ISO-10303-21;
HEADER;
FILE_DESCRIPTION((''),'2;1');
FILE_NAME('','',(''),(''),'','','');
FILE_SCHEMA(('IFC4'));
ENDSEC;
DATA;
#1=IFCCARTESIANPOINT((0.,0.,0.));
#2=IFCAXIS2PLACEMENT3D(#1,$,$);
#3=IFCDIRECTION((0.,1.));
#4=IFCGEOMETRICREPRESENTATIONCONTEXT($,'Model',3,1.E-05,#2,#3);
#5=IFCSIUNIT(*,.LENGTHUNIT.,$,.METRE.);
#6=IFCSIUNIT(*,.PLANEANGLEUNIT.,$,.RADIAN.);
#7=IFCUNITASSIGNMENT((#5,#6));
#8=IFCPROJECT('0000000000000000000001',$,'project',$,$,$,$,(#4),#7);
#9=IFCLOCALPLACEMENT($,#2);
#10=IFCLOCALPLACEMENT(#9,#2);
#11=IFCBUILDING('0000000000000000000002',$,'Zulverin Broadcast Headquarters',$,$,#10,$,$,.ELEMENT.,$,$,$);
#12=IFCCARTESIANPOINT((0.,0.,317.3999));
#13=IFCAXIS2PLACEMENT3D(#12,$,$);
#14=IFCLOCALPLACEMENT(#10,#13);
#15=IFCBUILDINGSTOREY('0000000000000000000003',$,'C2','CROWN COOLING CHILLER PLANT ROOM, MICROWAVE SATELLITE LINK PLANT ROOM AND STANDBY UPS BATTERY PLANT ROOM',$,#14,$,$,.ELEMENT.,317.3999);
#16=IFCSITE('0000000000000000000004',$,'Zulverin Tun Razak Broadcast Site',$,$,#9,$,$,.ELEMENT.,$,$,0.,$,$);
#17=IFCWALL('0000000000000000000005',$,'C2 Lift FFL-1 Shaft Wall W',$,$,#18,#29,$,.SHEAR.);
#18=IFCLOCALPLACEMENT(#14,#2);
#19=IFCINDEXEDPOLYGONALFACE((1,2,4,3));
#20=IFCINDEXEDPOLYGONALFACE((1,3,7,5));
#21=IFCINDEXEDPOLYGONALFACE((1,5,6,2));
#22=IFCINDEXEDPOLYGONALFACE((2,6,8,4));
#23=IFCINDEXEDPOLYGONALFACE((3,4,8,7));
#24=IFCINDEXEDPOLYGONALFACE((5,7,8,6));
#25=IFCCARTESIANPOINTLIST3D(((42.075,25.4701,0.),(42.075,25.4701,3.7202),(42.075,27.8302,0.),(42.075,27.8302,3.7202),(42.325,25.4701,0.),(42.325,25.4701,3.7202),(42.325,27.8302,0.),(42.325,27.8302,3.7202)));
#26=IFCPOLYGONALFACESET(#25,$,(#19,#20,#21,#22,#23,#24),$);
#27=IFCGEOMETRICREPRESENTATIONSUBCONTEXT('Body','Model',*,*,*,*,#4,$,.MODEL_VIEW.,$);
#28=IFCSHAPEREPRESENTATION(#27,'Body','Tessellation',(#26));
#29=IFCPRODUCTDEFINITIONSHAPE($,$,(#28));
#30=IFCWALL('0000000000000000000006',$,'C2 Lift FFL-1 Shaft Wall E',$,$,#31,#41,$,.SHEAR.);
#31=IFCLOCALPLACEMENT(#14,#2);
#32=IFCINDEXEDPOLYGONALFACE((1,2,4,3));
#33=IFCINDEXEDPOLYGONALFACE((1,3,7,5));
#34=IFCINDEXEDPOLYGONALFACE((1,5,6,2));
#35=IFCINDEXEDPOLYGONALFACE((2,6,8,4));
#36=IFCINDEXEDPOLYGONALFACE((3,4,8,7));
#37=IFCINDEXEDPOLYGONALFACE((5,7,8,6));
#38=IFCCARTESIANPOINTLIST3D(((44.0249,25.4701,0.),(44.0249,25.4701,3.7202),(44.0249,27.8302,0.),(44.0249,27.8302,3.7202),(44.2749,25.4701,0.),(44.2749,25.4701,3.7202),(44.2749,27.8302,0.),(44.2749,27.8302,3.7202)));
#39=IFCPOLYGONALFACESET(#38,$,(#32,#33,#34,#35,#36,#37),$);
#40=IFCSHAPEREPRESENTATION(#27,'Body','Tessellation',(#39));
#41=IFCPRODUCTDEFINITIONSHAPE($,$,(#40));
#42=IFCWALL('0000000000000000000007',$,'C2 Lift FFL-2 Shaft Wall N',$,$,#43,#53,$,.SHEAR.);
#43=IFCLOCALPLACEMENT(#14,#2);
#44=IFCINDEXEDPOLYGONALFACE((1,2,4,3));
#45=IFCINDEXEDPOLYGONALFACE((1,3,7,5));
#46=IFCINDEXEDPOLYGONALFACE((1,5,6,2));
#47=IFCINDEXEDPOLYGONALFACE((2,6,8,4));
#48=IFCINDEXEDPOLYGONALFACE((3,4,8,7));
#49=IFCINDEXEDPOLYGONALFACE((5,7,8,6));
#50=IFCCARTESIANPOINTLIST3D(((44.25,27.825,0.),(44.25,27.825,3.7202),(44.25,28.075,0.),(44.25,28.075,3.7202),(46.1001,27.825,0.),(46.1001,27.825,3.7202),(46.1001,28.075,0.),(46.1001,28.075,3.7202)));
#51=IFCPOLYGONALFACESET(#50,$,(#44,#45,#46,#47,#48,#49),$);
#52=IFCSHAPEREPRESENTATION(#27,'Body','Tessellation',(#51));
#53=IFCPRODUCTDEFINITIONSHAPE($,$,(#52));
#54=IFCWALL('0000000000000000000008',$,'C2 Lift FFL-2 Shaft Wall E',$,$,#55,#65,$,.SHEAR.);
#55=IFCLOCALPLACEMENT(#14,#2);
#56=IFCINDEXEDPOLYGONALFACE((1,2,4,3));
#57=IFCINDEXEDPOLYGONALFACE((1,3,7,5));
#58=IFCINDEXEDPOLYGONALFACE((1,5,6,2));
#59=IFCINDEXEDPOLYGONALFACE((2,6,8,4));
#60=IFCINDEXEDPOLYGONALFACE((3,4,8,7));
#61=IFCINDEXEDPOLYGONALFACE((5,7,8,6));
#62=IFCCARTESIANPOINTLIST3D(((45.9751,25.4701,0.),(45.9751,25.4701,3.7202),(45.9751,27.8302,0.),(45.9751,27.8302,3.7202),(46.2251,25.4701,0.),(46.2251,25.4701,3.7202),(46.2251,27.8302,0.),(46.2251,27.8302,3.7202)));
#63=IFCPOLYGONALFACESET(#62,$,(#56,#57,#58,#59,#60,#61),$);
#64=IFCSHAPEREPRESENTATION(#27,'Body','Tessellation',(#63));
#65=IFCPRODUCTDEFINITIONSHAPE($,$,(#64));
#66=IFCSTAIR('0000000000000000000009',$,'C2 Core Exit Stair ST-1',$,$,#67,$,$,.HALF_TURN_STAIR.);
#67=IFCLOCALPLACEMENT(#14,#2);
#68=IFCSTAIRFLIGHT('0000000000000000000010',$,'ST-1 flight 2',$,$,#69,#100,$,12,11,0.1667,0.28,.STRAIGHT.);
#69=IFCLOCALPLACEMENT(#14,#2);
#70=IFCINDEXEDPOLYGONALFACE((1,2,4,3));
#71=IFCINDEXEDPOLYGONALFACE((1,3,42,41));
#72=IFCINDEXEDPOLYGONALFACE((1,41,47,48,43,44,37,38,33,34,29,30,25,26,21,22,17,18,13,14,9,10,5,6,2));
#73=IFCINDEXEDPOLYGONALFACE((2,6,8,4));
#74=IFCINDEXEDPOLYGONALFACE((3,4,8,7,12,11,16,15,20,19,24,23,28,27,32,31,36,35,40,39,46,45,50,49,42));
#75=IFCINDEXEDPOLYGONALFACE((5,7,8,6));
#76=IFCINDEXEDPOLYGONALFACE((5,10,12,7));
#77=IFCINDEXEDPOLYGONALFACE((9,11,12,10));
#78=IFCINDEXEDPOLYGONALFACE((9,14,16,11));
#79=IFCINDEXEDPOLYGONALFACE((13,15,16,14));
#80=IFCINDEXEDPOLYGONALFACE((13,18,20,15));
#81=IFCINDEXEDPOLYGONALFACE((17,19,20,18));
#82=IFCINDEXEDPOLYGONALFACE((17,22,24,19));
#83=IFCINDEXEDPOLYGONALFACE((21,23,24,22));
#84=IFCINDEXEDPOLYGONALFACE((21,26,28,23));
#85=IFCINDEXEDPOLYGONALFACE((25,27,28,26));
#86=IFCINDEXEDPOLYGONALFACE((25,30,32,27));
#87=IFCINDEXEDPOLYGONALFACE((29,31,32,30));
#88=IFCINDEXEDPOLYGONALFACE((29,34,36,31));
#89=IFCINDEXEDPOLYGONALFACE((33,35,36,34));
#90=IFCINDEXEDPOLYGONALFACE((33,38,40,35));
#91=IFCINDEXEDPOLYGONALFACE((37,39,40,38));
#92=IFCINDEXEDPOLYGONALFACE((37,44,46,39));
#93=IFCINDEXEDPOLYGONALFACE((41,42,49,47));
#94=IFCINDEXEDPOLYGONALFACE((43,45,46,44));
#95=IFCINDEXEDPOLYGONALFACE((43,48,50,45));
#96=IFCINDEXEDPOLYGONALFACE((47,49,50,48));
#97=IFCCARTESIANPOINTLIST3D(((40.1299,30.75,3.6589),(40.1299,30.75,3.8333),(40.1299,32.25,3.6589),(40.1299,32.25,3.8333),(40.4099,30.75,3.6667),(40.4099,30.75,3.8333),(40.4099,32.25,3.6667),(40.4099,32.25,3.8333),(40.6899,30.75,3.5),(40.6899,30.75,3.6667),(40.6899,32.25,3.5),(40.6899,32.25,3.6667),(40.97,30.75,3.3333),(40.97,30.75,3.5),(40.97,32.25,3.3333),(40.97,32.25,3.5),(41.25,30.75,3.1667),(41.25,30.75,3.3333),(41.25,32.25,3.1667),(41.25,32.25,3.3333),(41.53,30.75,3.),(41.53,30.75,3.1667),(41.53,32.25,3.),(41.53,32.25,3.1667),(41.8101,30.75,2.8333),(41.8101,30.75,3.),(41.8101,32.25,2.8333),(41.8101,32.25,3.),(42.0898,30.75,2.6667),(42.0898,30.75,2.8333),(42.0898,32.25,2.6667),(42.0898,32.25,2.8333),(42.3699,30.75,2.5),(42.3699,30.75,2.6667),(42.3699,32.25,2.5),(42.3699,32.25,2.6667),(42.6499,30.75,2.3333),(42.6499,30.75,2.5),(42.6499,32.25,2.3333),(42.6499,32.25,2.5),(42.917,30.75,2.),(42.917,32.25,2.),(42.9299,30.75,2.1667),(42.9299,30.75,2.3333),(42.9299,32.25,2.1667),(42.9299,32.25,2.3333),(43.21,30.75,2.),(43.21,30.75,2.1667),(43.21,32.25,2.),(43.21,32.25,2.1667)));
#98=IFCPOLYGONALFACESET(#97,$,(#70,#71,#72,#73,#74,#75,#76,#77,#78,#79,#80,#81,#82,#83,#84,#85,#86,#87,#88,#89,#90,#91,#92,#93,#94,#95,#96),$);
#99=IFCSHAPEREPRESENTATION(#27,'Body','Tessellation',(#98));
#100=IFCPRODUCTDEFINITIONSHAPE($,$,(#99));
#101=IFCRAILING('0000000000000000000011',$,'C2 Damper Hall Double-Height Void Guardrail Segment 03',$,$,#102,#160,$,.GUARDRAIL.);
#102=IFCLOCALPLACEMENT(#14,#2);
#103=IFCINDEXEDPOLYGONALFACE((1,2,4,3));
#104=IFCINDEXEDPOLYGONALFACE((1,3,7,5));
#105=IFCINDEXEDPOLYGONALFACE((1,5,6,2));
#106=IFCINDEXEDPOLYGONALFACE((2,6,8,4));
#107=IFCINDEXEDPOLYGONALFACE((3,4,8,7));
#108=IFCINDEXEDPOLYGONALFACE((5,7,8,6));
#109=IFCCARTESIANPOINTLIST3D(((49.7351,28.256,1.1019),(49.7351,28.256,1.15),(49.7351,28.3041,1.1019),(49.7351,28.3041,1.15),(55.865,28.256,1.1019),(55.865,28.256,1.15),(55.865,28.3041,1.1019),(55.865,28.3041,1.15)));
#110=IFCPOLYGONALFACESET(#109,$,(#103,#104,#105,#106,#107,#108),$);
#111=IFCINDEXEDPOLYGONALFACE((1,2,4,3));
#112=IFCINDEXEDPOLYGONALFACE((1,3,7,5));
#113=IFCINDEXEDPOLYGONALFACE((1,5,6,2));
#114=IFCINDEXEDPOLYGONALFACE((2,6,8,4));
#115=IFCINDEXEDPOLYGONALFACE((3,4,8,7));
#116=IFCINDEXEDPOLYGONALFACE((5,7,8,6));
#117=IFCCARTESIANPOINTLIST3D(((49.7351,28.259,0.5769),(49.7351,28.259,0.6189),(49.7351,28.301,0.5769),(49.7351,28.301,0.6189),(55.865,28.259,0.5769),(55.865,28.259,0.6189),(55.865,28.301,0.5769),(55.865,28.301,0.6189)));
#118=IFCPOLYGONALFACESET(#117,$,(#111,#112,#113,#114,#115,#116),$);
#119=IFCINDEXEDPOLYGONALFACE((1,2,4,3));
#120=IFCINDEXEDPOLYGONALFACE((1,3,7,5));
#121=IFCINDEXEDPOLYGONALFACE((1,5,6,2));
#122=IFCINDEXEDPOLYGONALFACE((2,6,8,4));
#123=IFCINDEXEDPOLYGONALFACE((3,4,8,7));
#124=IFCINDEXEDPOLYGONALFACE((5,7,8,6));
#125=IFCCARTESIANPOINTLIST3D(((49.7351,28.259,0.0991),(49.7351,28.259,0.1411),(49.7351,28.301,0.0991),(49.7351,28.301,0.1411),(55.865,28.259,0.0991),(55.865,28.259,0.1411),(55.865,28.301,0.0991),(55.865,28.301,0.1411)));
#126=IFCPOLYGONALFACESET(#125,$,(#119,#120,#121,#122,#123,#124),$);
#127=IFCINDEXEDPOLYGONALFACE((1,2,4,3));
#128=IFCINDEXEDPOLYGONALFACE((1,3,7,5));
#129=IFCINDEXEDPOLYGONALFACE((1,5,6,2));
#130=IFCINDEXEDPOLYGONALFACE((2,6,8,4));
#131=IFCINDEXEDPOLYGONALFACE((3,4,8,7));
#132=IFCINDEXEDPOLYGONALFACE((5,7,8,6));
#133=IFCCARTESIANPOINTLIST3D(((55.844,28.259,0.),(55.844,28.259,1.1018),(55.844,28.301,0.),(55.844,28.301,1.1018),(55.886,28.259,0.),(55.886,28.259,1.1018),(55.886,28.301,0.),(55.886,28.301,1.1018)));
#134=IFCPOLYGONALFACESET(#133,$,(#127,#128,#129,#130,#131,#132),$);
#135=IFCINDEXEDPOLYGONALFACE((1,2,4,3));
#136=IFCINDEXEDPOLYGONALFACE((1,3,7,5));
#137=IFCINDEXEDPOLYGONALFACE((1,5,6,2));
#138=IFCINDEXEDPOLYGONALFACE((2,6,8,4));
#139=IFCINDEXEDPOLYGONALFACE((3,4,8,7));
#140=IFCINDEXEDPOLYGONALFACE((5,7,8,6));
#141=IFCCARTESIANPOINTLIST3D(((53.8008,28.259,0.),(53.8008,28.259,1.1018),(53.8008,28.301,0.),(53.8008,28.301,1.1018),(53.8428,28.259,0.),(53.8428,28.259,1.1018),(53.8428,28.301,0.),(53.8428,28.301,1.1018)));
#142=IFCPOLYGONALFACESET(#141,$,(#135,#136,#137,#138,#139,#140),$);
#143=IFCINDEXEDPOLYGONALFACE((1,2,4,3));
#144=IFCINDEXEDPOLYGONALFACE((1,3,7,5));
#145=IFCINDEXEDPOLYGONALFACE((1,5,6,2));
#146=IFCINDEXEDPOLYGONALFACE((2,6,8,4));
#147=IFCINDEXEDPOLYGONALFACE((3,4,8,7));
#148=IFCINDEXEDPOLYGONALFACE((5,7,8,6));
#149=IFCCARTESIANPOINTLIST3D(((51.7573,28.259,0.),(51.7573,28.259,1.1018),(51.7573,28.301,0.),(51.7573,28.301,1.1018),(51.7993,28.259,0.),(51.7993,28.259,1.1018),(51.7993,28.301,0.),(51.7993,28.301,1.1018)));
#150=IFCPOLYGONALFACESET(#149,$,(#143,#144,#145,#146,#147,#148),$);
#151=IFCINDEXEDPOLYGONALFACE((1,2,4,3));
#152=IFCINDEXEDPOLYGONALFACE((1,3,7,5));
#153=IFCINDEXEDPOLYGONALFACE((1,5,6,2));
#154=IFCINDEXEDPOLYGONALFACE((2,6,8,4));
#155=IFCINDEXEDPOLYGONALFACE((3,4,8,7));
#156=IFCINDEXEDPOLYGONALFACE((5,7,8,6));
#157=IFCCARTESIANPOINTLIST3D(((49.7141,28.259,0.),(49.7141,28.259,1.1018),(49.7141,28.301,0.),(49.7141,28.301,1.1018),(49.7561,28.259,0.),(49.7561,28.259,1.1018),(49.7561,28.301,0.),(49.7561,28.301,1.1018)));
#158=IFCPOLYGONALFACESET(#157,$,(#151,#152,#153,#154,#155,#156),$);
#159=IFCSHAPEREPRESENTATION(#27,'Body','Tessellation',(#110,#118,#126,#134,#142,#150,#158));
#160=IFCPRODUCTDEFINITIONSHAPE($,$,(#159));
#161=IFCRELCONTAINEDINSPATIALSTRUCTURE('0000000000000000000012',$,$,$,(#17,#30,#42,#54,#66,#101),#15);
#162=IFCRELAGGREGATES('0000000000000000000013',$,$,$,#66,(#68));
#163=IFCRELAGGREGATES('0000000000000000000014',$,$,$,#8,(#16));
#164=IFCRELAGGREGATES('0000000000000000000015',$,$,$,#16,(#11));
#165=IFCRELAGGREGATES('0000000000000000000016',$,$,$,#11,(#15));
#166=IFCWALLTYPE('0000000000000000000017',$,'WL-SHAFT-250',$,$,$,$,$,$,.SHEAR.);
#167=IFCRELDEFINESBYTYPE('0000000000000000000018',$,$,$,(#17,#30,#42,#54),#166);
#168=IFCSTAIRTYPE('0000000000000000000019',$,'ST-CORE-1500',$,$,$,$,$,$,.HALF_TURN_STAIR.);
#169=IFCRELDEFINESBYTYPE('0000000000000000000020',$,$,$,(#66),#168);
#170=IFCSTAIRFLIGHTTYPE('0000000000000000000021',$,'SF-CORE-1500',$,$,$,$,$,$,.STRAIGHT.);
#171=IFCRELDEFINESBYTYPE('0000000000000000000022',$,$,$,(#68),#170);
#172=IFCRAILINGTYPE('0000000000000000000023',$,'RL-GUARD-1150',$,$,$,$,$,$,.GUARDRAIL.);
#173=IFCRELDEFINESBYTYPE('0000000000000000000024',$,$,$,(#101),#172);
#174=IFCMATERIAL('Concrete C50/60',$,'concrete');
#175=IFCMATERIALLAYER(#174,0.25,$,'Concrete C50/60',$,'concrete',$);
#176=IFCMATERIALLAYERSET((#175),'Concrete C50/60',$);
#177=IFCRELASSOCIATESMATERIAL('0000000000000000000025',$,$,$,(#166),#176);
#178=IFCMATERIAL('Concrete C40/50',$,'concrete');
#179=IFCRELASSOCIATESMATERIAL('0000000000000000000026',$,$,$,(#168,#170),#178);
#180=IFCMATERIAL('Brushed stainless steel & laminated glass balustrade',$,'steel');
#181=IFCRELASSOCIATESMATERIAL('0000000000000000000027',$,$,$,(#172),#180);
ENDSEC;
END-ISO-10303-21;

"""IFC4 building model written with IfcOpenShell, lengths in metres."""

from ifc_helpers import new_model, si_unit, direction, frame, frame_2d, origin, origin_2d, place, context, subcontext, project, spatial, polyline, rectangle, outline, extrude, material, layer, layer_set, type_object, element, aggregate, save


model = new_model("IFC4")

# Units and contexts
model_context = context("Model", 3, precision=1e-05, world=origin(), true_north=direction((0.0, 1.0)))
body_context = subcontext(model_context, "Body", "Model", "MODEL_VIEW")
ifc_project = project(units=[si_unit("LENGTHUNIT", "METRE"), si_unit("PLANEANGLEUNIT", "RADIAN")], contexts=[model_context])

# Site, building, storey
site_placement = place(None, origin())
site = spatial("IfcSite", under=ifc_project, at=site_placement, Name="Zulverin Tun Razak Broadcast Site", CompositionType="ELEMENT", RefElevation=0.0)
building_placement = place(site_placement, origin())
building = spatial("IfcBuilding", under=site, at=building_placement, Name="Zulverin Broadcast Headquarters", CompositionType="ELEMENT")
storey_placement = place(building_placement, frame((0.0, 0.0, 317.3999)))
storey = spatial("IfcBuildingStorey", under=building, at=storey_placement, Name="C2", Description="CROWN COOLING CHILLER PLANT ROOM, MICROWAVE SATELLITE LINK PLANT ROOM AND STANDBY UPS BATTERY PLANT ROOM", CompositionType="ELEMENT", Elevation=317.3999)

# Shared definitions
ifc_material_1 = material(Name="Concrete C50/60", Category="concrete")

# Walls
ifc_material_2 = material(Name="Concrete C40/50", Category="concrete")
ifc_layer_1 = layer(ifc_material_1, 0.25, Name="Concrete C50/60", Category="concrete")
ifc_layer_set_1 = layer_set([ifc_layer_1], Name="Concrete C50/60")
wall_type_1 = type_object("IfcWallType", Name="WL-SHAFT-250", PredefinedType="SHEAR", material=ifc_layer_set_1)
for number, where, z_axis, x_axis, name in (
    (1, (42.2, 25.47, 0.0), (0.0, 0.0, 1.0), (0.0, 1.0, 0.0), "C2 Lift FFL-1 Shaft Wall W"),
    (2, (44.1499, 25.47, 0.0), (0.0, 0.0, 1.0), (0.0, 1.0, 0.0), "C2 Lift FFL-1 Shaft Wall E"),
):
    element("IfcWall", number, at=place(storey_placement, frame(where, z_axis=z_axis, x_axis=x_axis)), inside=storey, type_object=wall_type_1, Name=name, PredefinedType="SHEAR", context=body_context, shape_type="SweptSolid", body=[
        extrude(rectangle(XDim=2.3601, YDim=0.25, at=frame_2d((1.1802, 0.0))), origin(), (0.0, 0.0, 1.0), 3.7202),
    ])
wall_1_placement = place(storey_placement, frame((44.25, 27.95, 0.0), z_axis=(0.0, 0.0, 1.0), x_axis=(1.0, 0.0, 0.0)))
element("IfcWall", 3, at=wall_1_placement, inside=storey, type_object=wall_type_1, Name="C2 Lift FFL-2 Shaft Wall N", PredefinedType="SHEAR", context=body_context, shape_type="SweptSolid", body=[
    extrude(rectangle(XDim=1.8501, YDim=0.25, at=frame_2d((0.925, 0.0))), origin(), (0.0, 0.0, 1.0), 3.7202),
])
wall_2_placement = place(storey_placement, frame((46.1001, 25.47, 0.0), z_axis=(0.0, 0.0, 1.0), x_axis=(0.0, 1.0, 0.0)))
element("IfcWall", 4, at=wall_2_placement, inside=storey, type_object=wall_type_1, Name="C2 Lift FFL-2 Shaft Wall E", PredefinedType="SHEAR", context=body_context, shape_type="SweptSolid", body=[
    extrude(rectangle(XDim=2.3601, YDim=0.25, at=frame_2d((1.1802, 0.0))), origin(), (0.0, 0.0, 1.0), 3.7202),
])

# Stair, stair flight
stair_type = type_object("IfcStairType", Name="ST-CORE-1500", PredefinedType="HALF_TURN_STAIR", material=ifc_material_2)
stair_placement = place(storey_placement, origin())
stair = element("IfcStair", 5, at=stair_placement, inside=storey, type_object=stair_type, Name="C2 Core Exit Stair ST-1", PredefinedType="HALF_TURN_STAIR")
stair_flight_type = type_object("IfcStairFlightType", Name="SF-CORE-1500", PredefinedType="STRAIGHT", material=ifc_material_2)
stair_flight_placement = place(storey_placement, frame((43.21, 31.5, 2.0), z_axis=(0.0, 0.0, 1.0), x_axis=(-1.0, 0.0, 0.0)))
stair_flight = element("IfcStairFlight", 6, at=stair_flight_placement, type_object=stair_flight_type, Name="ST-1 flight 2", NumberOfRisers=12, NumberOfTreads=11, PredefinedType="STRAIGHT", RiserHeight=0.1667, TreadLength=0.28, context=body_context, shape_type="SweptSolid", body=[
    extrude(outline(polyline([(0.0, 0.0), (0.0, 0.1667), (0.28, 0.1667), (0.28, 0.3333), (0.5601, 0.3333), (0.5601, 0.5), (0.8401, 0.5), (0.8401, 0.6667), (1.1201, 0.6667), (1.1201, 0.8333), (1.3999, 0.8333), (1.3999, 1.0), (1.6799, 1.0), (1.6799, 1.1667), (1.96, 1.1667), (1.96, 1.3333), (2.24, 1.3333), (2.24, 1.5), (2.52, 1.5), (2.52, 1.6667), (2.8, 1.6667), (2.8, 1.8333), (3.0801, 1.8333), (3.0801, 2.0), (3.0801, 1.6589), (0.293, 0.0), (0.0, 0.0)])), frame((0.0, 0.75, 0.0), z_axis=(0.0, -1.0, 0.0), x_axis=(1.0, 0.0, 0.0)), (0.0, 0.0, 1.0), 1.5),
])
aggregate(stair, [stair_flight])

# Railing
ifc_material_3 = material(Name="Brushed stainless steel & laminated glass balustrade", Category="steel")
railing_type_1 = type_object("IfcRailingType", Name="RL-GUARD-1150", PredefinedType="GUARDRAIL", material=ifc_material_3)
railing_1_placement = place(storey_placement, frame((55.865, 28.28, 0.0)))
element("IfcRailing", 7, at=railing_1_placement, inside=storey, type_object=railing_type_1, Name="C2 Damper Hall Double-Height Void Guardrail Segment 03", PredefinedType="GUARDRAIL", context=body_context, shape_type="SweptSolid", body=[
    extrude(rectangle(XDim=0.0481, YDim=0.0481, at=origin_2d()), frame((0.0, 0.0, 1.126), z_axis=(-1.0, 0.0, 0.0), x_axis=(0.0, -1.0, 0.0)), (0.0, 0.0, 1.0), 6.1299),
    extrude(rectangle(XDim=0.042, YDim=0.042, at=origin_2d()), frame((0.0, 0.0, 0.5979), z_axis=(-1.0, 0.0, 0.0), x_axis=(0.0, -1.0, 0.0)), (0.0, 0.0, 1.0), 6.1299),
    extrude(rectangle(XDim=0.042, YDim=0.042, at=origin_2d()), frame((0.0, 0.0, 0.1201), z_axis=(-1.0, 0.0, 0.0), x_axis=(0.0, -1.0, 0.0)), (0.0, 0.0, 1.0), 6.1299),
    extrude(rectangle(XDim=0.042, YDim=0.042, at=origin_2d()), origin(), (0.0, 0.0, 1.0), 1.1018),
    extrude(rectangle(XDim=0.042, YDim=0.042, at=origin_2d()), frame((-2.0432, 0.0, 0.0)), (0.0, 0.0, 1.0), 1.1018),
    extrude(rectangle(XDim=0.042, YDim=0.042, at=origin_2d()), frame((-4.0867, 0.0, 0.0)), (0.0, 0.0, 1.0), 1.1018),
    extrude(rectangle(XDim=0.042, YDim=0.042, at=origin_2d()), frame((-6.1299, 0.0, 0.0)), (0.0, 0.0, 1.0), 1.1018),
])

save(model, "model.ifc")
